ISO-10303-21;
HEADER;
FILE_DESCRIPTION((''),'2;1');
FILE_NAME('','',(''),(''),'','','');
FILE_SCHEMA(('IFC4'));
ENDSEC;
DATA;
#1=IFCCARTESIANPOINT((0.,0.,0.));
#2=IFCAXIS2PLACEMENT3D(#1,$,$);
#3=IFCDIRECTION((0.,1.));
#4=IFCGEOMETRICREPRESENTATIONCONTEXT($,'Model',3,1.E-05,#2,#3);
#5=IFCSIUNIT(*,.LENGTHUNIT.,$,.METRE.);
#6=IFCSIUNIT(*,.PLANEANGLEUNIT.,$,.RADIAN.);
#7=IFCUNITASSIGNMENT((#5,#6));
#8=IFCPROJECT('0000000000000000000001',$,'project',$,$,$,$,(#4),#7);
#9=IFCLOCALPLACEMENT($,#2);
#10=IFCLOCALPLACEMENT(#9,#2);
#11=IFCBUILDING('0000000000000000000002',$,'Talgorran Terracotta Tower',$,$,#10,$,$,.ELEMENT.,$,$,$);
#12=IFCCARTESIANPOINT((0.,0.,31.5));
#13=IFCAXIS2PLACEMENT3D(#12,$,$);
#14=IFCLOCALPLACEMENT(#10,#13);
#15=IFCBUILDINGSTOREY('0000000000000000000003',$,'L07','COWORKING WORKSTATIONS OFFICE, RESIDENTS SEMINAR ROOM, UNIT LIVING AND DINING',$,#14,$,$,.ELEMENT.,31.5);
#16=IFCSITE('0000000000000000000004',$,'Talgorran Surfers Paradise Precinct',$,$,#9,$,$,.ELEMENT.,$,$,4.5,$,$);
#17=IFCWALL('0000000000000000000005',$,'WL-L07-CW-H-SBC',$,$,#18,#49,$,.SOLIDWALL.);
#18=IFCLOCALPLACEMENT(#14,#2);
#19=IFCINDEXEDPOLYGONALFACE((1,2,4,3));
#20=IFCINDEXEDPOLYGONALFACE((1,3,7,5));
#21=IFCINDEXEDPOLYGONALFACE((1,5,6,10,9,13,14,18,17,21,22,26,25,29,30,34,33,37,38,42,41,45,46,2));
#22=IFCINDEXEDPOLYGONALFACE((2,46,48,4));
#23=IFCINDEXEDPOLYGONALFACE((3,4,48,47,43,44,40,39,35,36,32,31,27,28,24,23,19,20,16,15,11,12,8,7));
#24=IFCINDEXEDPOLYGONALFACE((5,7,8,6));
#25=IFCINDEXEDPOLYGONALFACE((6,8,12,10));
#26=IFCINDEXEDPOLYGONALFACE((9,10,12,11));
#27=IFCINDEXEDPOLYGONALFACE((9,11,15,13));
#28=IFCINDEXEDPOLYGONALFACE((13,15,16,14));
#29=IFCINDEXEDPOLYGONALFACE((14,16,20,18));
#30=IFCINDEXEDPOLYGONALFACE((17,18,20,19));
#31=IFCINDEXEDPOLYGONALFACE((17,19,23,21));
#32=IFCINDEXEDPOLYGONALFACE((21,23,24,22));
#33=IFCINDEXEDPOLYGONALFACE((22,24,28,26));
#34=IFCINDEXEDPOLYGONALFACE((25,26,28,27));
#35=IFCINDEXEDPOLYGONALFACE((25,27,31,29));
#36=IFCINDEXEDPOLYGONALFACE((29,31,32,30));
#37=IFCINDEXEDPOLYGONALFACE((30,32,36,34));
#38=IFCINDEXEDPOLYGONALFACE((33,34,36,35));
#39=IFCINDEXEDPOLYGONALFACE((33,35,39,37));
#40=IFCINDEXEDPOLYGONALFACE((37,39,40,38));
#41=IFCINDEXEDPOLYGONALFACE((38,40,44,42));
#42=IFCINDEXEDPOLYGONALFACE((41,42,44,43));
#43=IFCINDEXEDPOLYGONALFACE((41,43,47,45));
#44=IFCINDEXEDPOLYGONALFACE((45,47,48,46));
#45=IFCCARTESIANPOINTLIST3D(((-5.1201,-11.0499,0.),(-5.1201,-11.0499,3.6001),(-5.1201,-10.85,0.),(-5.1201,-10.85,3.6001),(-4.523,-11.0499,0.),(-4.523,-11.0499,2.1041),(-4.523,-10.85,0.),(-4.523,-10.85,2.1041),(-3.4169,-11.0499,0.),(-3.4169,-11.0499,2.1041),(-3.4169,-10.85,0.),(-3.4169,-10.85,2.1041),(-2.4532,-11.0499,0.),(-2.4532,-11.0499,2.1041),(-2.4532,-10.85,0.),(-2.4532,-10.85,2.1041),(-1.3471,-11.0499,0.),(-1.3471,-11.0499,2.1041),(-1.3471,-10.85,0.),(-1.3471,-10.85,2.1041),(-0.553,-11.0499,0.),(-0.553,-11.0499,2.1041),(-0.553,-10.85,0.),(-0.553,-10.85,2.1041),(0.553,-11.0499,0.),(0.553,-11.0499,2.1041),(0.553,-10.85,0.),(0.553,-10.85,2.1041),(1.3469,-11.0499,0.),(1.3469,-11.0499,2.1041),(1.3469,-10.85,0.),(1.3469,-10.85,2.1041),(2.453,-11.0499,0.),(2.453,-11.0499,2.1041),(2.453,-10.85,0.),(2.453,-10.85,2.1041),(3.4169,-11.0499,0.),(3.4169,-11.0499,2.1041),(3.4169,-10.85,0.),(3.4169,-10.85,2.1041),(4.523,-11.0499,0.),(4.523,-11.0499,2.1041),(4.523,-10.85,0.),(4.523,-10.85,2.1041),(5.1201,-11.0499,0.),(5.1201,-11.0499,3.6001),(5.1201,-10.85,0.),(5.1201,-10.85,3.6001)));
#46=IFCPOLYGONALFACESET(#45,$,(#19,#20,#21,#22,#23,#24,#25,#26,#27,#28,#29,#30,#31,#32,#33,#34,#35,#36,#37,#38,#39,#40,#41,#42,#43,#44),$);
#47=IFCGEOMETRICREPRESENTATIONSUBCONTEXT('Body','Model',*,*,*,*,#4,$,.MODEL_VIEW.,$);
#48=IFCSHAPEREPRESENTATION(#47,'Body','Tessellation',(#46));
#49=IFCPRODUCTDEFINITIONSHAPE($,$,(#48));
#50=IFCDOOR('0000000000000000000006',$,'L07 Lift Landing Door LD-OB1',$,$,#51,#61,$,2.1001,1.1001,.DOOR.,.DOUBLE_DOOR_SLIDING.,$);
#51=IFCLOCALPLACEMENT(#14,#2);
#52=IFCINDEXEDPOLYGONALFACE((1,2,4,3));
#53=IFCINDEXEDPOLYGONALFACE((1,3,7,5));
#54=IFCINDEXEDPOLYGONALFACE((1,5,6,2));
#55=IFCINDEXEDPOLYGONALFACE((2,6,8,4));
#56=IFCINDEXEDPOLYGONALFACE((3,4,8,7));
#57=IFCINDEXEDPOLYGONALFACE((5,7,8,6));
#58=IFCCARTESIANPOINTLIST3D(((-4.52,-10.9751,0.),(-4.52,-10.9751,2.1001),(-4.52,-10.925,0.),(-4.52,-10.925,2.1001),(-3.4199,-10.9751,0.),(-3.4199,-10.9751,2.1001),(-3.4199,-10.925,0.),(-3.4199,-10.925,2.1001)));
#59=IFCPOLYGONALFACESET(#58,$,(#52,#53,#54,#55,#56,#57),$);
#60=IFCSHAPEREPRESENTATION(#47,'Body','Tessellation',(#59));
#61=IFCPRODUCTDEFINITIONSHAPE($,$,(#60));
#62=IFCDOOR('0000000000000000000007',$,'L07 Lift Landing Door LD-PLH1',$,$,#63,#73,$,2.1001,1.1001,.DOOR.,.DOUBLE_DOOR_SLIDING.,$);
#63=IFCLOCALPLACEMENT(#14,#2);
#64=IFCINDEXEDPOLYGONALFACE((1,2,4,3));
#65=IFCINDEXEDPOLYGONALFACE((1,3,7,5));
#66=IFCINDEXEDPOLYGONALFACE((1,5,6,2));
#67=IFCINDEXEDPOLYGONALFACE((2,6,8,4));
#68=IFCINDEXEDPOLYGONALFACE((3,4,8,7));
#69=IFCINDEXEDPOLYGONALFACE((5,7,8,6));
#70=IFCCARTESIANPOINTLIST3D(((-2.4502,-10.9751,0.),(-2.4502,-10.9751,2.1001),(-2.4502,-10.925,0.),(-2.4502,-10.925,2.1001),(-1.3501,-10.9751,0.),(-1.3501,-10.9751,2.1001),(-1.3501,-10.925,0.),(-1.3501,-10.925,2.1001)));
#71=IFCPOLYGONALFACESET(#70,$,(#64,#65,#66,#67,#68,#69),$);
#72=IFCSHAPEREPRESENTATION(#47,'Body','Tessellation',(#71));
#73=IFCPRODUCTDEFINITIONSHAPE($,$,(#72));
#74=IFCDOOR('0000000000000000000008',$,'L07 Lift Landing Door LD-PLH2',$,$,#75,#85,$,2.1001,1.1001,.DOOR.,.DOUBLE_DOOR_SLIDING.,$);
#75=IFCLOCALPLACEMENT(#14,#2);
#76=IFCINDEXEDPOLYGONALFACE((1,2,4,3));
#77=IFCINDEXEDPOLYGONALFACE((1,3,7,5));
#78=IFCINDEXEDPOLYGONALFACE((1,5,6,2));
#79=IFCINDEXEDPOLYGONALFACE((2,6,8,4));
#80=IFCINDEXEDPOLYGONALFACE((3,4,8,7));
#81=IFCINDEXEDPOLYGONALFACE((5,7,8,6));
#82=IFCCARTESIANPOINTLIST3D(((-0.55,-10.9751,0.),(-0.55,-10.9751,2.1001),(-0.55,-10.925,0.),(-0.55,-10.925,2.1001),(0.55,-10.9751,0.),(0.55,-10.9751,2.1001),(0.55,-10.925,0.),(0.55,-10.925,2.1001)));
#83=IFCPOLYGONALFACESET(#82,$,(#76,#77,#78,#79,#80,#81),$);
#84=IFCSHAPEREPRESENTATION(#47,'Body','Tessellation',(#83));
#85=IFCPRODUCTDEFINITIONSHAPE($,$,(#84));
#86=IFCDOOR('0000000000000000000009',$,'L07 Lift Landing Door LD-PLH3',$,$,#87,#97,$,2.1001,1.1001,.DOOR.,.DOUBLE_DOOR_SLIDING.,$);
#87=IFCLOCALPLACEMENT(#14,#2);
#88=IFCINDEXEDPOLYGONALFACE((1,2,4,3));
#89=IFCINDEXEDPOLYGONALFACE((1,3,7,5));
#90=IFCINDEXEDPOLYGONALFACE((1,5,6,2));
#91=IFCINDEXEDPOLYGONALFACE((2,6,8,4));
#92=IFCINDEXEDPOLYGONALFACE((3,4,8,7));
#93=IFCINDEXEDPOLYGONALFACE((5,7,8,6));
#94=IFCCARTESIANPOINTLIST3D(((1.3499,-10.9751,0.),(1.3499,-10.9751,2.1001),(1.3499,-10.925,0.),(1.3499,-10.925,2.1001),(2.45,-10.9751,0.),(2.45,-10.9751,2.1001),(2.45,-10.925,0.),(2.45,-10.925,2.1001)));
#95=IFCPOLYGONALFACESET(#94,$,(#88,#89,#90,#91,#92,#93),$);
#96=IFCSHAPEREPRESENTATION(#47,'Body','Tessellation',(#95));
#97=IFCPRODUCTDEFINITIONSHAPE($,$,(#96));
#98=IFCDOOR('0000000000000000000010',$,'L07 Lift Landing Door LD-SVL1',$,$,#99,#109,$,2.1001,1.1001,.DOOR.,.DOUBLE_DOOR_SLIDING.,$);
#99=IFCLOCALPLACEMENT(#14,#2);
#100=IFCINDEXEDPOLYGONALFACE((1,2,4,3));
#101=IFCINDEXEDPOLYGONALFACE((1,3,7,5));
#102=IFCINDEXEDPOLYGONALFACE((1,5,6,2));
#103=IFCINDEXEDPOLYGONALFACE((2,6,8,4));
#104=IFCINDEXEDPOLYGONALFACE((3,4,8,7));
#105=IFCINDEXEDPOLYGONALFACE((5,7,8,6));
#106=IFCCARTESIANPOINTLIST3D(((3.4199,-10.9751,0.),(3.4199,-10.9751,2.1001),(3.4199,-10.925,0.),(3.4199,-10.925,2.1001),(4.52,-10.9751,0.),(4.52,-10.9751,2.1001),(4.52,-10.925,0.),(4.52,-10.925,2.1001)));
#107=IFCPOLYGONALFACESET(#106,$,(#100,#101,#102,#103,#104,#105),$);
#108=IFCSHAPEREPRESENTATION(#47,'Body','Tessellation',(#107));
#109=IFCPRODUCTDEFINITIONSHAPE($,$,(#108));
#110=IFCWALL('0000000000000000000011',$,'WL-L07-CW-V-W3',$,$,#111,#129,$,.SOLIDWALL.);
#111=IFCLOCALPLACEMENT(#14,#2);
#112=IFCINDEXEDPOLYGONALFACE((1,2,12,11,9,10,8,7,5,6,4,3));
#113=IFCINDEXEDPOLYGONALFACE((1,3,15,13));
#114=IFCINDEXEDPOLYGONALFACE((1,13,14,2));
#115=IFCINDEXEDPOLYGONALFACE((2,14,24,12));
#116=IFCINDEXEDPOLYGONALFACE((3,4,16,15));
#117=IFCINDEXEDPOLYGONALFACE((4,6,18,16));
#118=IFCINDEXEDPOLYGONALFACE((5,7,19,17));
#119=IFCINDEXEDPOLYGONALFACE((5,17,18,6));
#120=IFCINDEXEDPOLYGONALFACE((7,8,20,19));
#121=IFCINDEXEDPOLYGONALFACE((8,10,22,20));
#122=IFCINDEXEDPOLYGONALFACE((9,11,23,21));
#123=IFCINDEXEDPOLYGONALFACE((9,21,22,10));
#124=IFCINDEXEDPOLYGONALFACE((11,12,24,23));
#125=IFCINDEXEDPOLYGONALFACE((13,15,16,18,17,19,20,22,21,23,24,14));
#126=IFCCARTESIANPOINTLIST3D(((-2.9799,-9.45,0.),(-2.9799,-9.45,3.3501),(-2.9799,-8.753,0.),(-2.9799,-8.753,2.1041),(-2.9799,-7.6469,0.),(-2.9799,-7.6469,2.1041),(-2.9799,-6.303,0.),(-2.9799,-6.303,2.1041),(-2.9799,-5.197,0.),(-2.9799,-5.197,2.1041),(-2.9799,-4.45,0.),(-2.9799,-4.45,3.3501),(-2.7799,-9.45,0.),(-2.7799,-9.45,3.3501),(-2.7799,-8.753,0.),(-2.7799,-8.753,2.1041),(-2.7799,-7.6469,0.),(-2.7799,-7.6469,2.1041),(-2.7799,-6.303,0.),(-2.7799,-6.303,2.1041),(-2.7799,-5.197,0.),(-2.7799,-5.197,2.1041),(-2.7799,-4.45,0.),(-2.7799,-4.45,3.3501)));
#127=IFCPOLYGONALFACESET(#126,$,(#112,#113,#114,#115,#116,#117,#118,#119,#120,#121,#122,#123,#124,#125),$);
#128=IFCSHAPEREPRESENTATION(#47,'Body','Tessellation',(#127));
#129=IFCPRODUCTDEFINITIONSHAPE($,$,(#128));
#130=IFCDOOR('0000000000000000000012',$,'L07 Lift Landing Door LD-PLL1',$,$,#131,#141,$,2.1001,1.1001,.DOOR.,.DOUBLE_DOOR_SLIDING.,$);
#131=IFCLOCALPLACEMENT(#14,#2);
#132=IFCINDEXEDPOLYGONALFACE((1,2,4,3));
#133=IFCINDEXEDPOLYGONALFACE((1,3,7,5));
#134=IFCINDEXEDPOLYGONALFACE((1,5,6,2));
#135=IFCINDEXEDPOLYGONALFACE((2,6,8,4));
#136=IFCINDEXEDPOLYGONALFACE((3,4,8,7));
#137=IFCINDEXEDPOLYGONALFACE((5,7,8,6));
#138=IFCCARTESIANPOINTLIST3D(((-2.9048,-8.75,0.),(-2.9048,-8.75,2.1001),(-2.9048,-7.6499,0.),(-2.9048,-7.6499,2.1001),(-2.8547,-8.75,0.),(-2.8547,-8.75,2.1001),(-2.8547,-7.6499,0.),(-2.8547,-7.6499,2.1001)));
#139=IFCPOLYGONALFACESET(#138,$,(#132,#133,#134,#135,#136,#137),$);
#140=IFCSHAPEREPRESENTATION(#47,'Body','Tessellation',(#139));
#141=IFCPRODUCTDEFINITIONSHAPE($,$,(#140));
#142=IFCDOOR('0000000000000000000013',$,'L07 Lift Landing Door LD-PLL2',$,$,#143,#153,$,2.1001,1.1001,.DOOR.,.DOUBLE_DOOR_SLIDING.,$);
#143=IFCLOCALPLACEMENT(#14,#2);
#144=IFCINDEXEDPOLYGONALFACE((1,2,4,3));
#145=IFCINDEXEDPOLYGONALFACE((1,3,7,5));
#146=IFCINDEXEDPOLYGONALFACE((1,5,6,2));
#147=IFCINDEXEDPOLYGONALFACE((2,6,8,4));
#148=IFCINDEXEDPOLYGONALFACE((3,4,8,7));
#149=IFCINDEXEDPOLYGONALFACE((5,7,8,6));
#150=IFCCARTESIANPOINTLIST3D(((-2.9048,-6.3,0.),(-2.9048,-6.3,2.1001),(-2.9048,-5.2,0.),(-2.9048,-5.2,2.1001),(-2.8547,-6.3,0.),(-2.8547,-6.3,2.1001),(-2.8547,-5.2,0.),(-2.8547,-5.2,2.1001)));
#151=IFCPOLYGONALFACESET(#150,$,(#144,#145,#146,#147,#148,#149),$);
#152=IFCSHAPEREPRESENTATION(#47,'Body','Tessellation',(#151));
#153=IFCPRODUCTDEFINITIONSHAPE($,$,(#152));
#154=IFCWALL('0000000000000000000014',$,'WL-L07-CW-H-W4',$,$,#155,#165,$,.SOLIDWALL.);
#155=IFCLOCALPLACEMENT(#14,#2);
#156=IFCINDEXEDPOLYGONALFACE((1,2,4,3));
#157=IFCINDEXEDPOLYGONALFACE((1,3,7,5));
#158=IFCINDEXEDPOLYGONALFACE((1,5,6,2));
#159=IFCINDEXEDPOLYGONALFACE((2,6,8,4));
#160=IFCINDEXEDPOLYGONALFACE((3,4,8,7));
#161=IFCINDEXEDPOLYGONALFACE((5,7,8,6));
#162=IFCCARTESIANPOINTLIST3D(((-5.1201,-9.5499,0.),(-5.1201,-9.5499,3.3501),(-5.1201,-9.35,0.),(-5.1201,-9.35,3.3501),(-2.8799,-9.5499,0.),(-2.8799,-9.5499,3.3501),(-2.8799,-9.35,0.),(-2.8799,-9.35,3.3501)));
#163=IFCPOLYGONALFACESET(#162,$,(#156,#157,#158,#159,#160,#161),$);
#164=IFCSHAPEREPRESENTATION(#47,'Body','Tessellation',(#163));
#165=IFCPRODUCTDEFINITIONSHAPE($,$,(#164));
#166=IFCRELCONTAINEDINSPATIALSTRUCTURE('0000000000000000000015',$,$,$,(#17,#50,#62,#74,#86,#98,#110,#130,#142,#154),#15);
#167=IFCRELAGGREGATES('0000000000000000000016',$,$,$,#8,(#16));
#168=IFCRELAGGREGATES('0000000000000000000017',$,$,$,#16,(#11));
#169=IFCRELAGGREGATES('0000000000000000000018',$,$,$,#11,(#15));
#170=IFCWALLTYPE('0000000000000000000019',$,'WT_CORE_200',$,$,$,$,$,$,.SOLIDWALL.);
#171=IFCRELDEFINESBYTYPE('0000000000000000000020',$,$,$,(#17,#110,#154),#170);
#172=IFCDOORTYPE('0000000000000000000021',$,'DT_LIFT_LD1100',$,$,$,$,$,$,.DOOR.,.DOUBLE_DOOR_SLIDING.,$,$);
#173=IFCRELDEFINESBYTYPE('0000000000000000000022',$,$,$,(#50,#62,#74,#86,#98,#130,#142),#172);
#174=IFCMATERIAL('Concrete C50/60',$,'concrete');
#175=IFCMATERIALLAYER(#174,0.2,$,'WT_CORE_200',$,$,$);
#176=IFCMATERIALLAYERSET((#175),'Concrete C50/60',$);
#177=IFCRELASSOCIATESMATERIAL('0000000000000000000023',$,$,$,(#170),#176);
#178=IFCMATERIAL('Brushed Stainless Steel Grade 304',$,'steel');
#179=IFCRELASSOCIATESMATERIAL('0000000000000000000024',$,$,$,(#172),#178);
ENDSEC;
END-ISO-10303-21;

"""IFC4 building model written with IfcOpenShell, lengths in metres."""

from ifc_helpers import new_model, si_unit, direction, frame, frame_2d, origin, place, context, subcontext, project, spatial, rectangle, extrude, material, layer, layer_set, type_object, element, fill, save


model = new_model("IFC4")

# Units and contexts
model_context = context("Model", 3, precision=1e-05, world=origin(), true_north=direction((0.0, 1.0)))
body_context = subcontext(model_context, "Body", "Model", "MODEL_VIEW")
ifc_project = project(units=[si_unit("LENGTHUNIT", "METRE"), si_unit("PLANEANGLEUNIT", "RADIAN")], contexts=[model_context])

# Site, building, storey
site_placement = place(None, origin())
site = spatial("IfcSite", under=ifc_project, at=site_placement, Name="Talgorran Surfers Paradise Precinct", CompositionType="ELEMENT", RefElevation=4.5)
building_placement = place(site_placement, origin())
building = spatial("IfcBuilding", under=site, at=building_placement, Name="Talgorran Terracotta Tower", CompositionType="ELEMENT")
storey_placement = place(building_placement, frame((0.0, 0.0, 31.5)))
storey = spatial("IfcBuildingStorey", under=building, at=storey_placement, Name="L07", Description="COWORKING WORKSTATIONS OFFICE, RESIDENTS SEMINAR ROOM, UNIT LIVING AND DINING", CompositionType="ELEMENT", Elevation=31.5)

# Walls, openings, doors
ifc_material_1 = material(Name="Concrete C50/60", Category="concrete")
ifc_layer_1 = layer(ifc_material_1, 0.2, Name="WT_CORE_200")
ifc_layer_set_1 = layer_set([ifc_layer_1], Name="Concrete C50/60")
wall_type_1 = type_object("IfcWallType", Name="WT_CORE_200", PredefinedType="SOLIDWALL", material=ifc_layer_set_1)
ifc_material_2 = material(Name="Brushed Stainless Steel Grade 304", Category="steel")
door_type_1 = type_object("IfcDoorType", Name="DT_LIFT_LD1100", OperationType="DOUBLE_DOOR_SLIDING", PredefinedType="DOOR", material=ifc_material_2)
wall_1_placement = place(storey_placement, frame((-5.1201, -10.95, 0.0), z_axis=(0.0, 0.0, 1.0), x_axis=(1.0, 0.0, 0.0)))
wall_1 = element("IfcWall", 1, at=wall_1_placement, inside=storey, type_object=wall_type_1, Name="WL-L07-CW-H-SBC", PredefinedType="SOLIDWALL", context=body_context, shape_type="SweptSolid", body=[
    extrude(rectangle(XDim=10.2402, YDim=0.2, at=frame_2d((5.1201, 0.0))), origin(), (0.0, 0.0, 1.0), 3.6001),
])
opening_1_placement = place(wall_1_placement, frame((0.6001, 0.0, 0.0)))
opening_1 = element("IfcOpeningElement", 2, at=opening_1_placement, cuts=wall_1, PredefinedType="OPENING", context=body_context, shape_type="SweptSolid", body=[
    extrude(rectangle(XDim=1.1061, YDim=2.1041, at=frame_2d((0.55, 1.052))), frame((0.0, 0.1099, 0.0), z_axis=(0.0, -1.0, 0.0), x_axis=(1.0, 0.0, 0.0)), (0.0, 0.0, 1.0), 0.22),
])
opening_2_placement = place(wall_1_placement, frame((2.6699, 0.0, 0.0)))
opening_2 = element("IfcOpeningElement", 3, at=opening_2_placement, cuts=wall_1, PredefinedType="OPENING", context=body_context, shape_type="SweptSolid", body=[
    extrude(rectangle(XDim=1.1061, YDim=2.1041, at=frame_2d((0.55, 1.052))), frame((0.0, 0.1099, 0.0), z_axis=(0.0, -1.0, 0.0), x_axis=(1.0, 0.0, 0.0)), (0.0, 0.0, 1.0), 0.22),
])
opening_3_placement = place(wall_1_placement, frame((4.5701, 0.0, 0.0)))
opening_3 = element("IfcOpeningElement", 4, at=opening_3_placement, cuts=wall_1, PredefinedType="OPENING", context=body_context, shape_type="SweptSolid", body=[
    extrude(rectangle(XDim=1.1061, YDim=2.1041, at=frame_2d((0.55, 1.052))), frame((0.0, 0.1099, 0.0), z_axis=(0.0, -1.0, 0.0), x_axis=(1.0, 0.0, 0.0)), (0.0, 0.0, 1.0), 0.22),
])
opening_4_placement = place(wall_1_placement, frame((6.47, 0.0, 0.0)))
opening_4 = element("IfcOpeningElement", 5, at=opening_4_placement, cuts=wall_1, PredefinedType="OPENING", context=body_context, shape_type="SweptSolid", body=[
    extrude(rectangle(XDim=1.1061, YDim=2.1041, at=frame_2d((0.55, 1.052))), frame((0.0, 0.1099, 0.0), z_axis=(0.0, -1.0, 0.0), x_axis=(1.0, 0.0, 0.0)), (0.0, 0.0, 1.0), 0.22),
])
opening_5_placement = place(wall_1_placement, frame((8.54, 0.0, 0.0)))
opening_5 = element("IfcOpeningElement", 6, at=opening_5_placement, cuts=wall_1, PredefinedType="OPENING", context=body_context, shape_type="SweptSolid", body=[
    extrude(rectangle(XDim=1.1061, YDim=2.1041, at=frame_2d((0.55, 1.052))), frame((0.0, 0.1099, 0.0), z_axis=(0.0, -1.0, 0.0), x_axis=(1.0, 0.0, 0.0)), (0.0, 0.0, 1.0), 0.22),
])
door_1_placement = place(opening_1_placement, origin())
door_1 = element("IfcDoor", 7, at=door_1_placement, inside=storey, type_object=door_type_1, Name="L07 Lift Landing Door LD-OB1", OperationType="DOUBLE_DOOR_SLIDING", OverallHeight=2.1001, OverallWidth=1.1001, PredefinedType="DOOR", context=body_context, shape_type="SweptSolid", body=[
    extrude(rectangle(XDim=1.1001, YDim=2.1001, at=frame_2d((0.55, 1.05))), frame((0.0, 0.0249, 0.0), z_axis=(0.0, -1.0, 0.0), x_axis=(1.0, 0.0, 0.0)), (0.0, 0.0, 1.0), 0.05),
])
fill(opening_1, door_1)
door_2_placement = place(opening_2_placement, origin())
door_2 = element("IfcDoor", 8, at=door_2_placement, inside=storey, type_object=door_type_1, Name="L07 Lift Landing Door LD-PLH1", OperationType="DOUBLE_DOOR_SLIDING", OverallHeight=2.1001, OverallWidth=1.1001, PredefinedType="DOOR", context=body_context, shape_type="SweptSolid", body=[
    extrude(rectangle(XDim=1.1001, YDim=2.1001, at=frame_2d((0.55, 1.05))), frame((0.0, 0.0249, 0.0), z_axis=(0.0, -1.0, 0.0), x_axis=(1.0, 0.0, 0.0)), (0.0, 0.0, 1.0), 0.05),
])
fill(opening_2, door_2)
door_3_placement = place(opening_3_placement, origin())
door_3 = element("IfcDoor", 9, at=door_3_placement, inside=storey, type_object=door_type_1, Name="L07 Lift Landing Door LD-PLH2", OperationType="DOUBLE_DOOR_SLIDING", OverallHeight=2.1001, OverallWidth=1.1001, PredefinedType="DOOR", context=body_context, shape_type="SweptSolid", body=[
    extrude(rectangle(XDim=1.1001, YDim=2.1001, at=frame_2d((0.55, 1.05))), frame((0.0, 0.0249, 0.0), z_axis=(0.0, -1.0, 0.0), x_axis=(1.0, 0.0, 0.0)), (0.0, 0.0, 1.0), 0.05),
])
fill(opening_3, door_3)
door_4_placement = place(opening_4_placement, origin())
door_4 = element("IfcDoor", 10, at=door_4_placement, inside=storey, type_object=door_type_1, Name="L07 Lift Landing Door LD-PLH3", OperationType="DOUBLE_DOOR_SLIDING", OverallHeight=2.1001, OverallWidth=1.1001, PredefinedType="DOOR", context=body_context, shape_type="SweptSolid", body=[
    extrude(rectangle(XDim=1.1001, YDim=2.1001, at=frame_2d((0.55, 1.05))), frame((0.0, 0.0249, 0.0), z_axis=(0.0, -1.0, 0.0), x_axis=(1.0, 0.0, 0.0)), (0.0, 0.0, 1.0), 0.05),
])
fill(opening_4, door_4)
door_5_placement = place(opening_5_placement, origin())
door_5 = element("IfcDoor", 11, at=door_5_placement, inside=storey, type_object=door_type_1, Name="L07 Lift Landing Door LD-SVL1", OperationType="DOUBLE_DOOR_SLIDING", OverallHeight=2.1001, OverallWidth=1.1001, PredefinedType="DOOR", context=body_context, shape_type="SweptSolid", body=[
    extrude(rectangle(XDim=1.1001, YDim=2.1001, at=frame_2d((0.55, 1.05))), frame((0.0, 0.0249, 0.0), z_axis=(0.0, -1.0, 0.0), x_axis=(1.0, 0.0, 0.0)), (0.0, 0.0, 1.0), 0.05),
])
fill(opening_5, door_5)
wall_2_placement = place(storey_placement, frame((-2.8799, -9.45, 0.0), z_axis=(0.0, 0.0, 1.0), x_axis=(0.0, 1.0, 0.0)))
wall_2 = element("IfcWall", 12, at=wall_2_placement, inside=storey, type_object=wall_type_1, Name="WL-L07-CW-V-W3", PredefinedType="SOLIDWALL", context=body_context, shape_type="SweptSolid", body=[
    extrude(rectangle(XDim=5.0, YDim=0.2, at=frame_2d((2.5, 0.0))), origin(), (0.0, 0.0, 1.0), 3.3501),
])
opening_6_placement = place(wall_2_placement, frame((0.7, 0.0, 0.0)))
opening_6 = element("IfcOpeningElement", 13, at=opening_6_placement, cuts=wall_2, PredefinedType="OPENING", context=body_context, shape_type="SweptSolid", body=[
    extrude(rectangle(XDim=1.1061, YDim=2.1041, at=frame_2d((0.55, 1.052))), frame((0.0, 0.1099, 0.0), z_axis=(0.0, -1.0, 0.0), x_axis=(1.0, 0.0, 0.0)), (0.0, 0.0, 1.0), 0.22),
])
opening_7_placement = place(wall_2_placement, frame((3.1499, 0.0, 0.0)))
opening_7 = element("IfcOpeningElement", 14, at=opening_7_placement, cuts=wall_2, PredefinedType="OPENING", context=body_context, shape_type="SweptSolid", body=[
    extrude(rectangle(XDim=1.1061, YDim=2.1041, at=frame_2d((0.55, 1.052))), frame((0.0, 0.1099, 0.0), z_axis=(0.0, -1.0, 0.0), x_axis=(1.0, 0.0, 0.0)), (0.0, 0.0, 1.0), 0.22),
])
door_6_placement = place(opening_6_placement, origin())
door_6 = element("IfcDoor", 15, at=door_6_placement, inside=storey, type_object=door_type_1, Name="L07 Lift Landing Door LD-PLL1", OperationType="DOUBLE_DOOR_SLIDING", OverallHeight=2.1001, OverallWidth=1.1001, PredefinedType="DOOR", context=body_context, shape_type="SweptSolid", body=[
    extrude(rectangle(XDim=1.1001, YDim=2.1001, at=frame_2d((0.55, 1.05))), frame((0.0, 0.0249, 0.0), z_axis=(0.0, -1.0, 0.0), x_axis=(1.0, 0.0, 0.0)), (0.0, 0.0, 1.0), 0.05),
])
fill(opening_6, door_6)
door_7_placement = place(opening_7_placement, origin())
door_7 = element("IfcDoor", 16, at=door_7_placement, inside=storey, type_object=door_type_1, Name="L07 Lift Landing Door LD-PLL2", OperationType="DOUBLE_DOOR_SLIDING", OverallHeight=2.1001, OverallWidth=1.1001, PredefinedType="DOOR", context=body_context, shape_type="SweptSolid", body=[
    extrude(rectangle(XDim=1.1001, YDim=2.1001, at=frame_2d((0.55, 1.05))), frame((0.0, 0.0249, 0.0), z_axis=(0.0, -1.0, 0.0), x_axis=(1.0, 0.0, 0.0)), (0.0, 0.0, 1.0), 0.05),
])
fill(opening_7, door_7)

# Wall
wall_3_placement = place(storey_placement, frame((-5.1201, -9.45, 0.0), z_axis=(0.0, 0.0, 1.0), x_axis=(1.0, 0.0, 0.0)))
element("IfcWall", 17, at=wall_3_placement, inside=storey, type_object=wall_type_1, Name="WL-L07-CW-H-W4", PredefinedType="SOLIDWALL", context=body_context, shape_type="SweptSolid", body=[
    extrude(rectangle(XDim=2.2402, YDim=0.2, at=frame_2d((1.1201, 0.0))), origin(), (0.0, 0.0, 1.0), 3.3501),
])

save(model, "model.ifc")
